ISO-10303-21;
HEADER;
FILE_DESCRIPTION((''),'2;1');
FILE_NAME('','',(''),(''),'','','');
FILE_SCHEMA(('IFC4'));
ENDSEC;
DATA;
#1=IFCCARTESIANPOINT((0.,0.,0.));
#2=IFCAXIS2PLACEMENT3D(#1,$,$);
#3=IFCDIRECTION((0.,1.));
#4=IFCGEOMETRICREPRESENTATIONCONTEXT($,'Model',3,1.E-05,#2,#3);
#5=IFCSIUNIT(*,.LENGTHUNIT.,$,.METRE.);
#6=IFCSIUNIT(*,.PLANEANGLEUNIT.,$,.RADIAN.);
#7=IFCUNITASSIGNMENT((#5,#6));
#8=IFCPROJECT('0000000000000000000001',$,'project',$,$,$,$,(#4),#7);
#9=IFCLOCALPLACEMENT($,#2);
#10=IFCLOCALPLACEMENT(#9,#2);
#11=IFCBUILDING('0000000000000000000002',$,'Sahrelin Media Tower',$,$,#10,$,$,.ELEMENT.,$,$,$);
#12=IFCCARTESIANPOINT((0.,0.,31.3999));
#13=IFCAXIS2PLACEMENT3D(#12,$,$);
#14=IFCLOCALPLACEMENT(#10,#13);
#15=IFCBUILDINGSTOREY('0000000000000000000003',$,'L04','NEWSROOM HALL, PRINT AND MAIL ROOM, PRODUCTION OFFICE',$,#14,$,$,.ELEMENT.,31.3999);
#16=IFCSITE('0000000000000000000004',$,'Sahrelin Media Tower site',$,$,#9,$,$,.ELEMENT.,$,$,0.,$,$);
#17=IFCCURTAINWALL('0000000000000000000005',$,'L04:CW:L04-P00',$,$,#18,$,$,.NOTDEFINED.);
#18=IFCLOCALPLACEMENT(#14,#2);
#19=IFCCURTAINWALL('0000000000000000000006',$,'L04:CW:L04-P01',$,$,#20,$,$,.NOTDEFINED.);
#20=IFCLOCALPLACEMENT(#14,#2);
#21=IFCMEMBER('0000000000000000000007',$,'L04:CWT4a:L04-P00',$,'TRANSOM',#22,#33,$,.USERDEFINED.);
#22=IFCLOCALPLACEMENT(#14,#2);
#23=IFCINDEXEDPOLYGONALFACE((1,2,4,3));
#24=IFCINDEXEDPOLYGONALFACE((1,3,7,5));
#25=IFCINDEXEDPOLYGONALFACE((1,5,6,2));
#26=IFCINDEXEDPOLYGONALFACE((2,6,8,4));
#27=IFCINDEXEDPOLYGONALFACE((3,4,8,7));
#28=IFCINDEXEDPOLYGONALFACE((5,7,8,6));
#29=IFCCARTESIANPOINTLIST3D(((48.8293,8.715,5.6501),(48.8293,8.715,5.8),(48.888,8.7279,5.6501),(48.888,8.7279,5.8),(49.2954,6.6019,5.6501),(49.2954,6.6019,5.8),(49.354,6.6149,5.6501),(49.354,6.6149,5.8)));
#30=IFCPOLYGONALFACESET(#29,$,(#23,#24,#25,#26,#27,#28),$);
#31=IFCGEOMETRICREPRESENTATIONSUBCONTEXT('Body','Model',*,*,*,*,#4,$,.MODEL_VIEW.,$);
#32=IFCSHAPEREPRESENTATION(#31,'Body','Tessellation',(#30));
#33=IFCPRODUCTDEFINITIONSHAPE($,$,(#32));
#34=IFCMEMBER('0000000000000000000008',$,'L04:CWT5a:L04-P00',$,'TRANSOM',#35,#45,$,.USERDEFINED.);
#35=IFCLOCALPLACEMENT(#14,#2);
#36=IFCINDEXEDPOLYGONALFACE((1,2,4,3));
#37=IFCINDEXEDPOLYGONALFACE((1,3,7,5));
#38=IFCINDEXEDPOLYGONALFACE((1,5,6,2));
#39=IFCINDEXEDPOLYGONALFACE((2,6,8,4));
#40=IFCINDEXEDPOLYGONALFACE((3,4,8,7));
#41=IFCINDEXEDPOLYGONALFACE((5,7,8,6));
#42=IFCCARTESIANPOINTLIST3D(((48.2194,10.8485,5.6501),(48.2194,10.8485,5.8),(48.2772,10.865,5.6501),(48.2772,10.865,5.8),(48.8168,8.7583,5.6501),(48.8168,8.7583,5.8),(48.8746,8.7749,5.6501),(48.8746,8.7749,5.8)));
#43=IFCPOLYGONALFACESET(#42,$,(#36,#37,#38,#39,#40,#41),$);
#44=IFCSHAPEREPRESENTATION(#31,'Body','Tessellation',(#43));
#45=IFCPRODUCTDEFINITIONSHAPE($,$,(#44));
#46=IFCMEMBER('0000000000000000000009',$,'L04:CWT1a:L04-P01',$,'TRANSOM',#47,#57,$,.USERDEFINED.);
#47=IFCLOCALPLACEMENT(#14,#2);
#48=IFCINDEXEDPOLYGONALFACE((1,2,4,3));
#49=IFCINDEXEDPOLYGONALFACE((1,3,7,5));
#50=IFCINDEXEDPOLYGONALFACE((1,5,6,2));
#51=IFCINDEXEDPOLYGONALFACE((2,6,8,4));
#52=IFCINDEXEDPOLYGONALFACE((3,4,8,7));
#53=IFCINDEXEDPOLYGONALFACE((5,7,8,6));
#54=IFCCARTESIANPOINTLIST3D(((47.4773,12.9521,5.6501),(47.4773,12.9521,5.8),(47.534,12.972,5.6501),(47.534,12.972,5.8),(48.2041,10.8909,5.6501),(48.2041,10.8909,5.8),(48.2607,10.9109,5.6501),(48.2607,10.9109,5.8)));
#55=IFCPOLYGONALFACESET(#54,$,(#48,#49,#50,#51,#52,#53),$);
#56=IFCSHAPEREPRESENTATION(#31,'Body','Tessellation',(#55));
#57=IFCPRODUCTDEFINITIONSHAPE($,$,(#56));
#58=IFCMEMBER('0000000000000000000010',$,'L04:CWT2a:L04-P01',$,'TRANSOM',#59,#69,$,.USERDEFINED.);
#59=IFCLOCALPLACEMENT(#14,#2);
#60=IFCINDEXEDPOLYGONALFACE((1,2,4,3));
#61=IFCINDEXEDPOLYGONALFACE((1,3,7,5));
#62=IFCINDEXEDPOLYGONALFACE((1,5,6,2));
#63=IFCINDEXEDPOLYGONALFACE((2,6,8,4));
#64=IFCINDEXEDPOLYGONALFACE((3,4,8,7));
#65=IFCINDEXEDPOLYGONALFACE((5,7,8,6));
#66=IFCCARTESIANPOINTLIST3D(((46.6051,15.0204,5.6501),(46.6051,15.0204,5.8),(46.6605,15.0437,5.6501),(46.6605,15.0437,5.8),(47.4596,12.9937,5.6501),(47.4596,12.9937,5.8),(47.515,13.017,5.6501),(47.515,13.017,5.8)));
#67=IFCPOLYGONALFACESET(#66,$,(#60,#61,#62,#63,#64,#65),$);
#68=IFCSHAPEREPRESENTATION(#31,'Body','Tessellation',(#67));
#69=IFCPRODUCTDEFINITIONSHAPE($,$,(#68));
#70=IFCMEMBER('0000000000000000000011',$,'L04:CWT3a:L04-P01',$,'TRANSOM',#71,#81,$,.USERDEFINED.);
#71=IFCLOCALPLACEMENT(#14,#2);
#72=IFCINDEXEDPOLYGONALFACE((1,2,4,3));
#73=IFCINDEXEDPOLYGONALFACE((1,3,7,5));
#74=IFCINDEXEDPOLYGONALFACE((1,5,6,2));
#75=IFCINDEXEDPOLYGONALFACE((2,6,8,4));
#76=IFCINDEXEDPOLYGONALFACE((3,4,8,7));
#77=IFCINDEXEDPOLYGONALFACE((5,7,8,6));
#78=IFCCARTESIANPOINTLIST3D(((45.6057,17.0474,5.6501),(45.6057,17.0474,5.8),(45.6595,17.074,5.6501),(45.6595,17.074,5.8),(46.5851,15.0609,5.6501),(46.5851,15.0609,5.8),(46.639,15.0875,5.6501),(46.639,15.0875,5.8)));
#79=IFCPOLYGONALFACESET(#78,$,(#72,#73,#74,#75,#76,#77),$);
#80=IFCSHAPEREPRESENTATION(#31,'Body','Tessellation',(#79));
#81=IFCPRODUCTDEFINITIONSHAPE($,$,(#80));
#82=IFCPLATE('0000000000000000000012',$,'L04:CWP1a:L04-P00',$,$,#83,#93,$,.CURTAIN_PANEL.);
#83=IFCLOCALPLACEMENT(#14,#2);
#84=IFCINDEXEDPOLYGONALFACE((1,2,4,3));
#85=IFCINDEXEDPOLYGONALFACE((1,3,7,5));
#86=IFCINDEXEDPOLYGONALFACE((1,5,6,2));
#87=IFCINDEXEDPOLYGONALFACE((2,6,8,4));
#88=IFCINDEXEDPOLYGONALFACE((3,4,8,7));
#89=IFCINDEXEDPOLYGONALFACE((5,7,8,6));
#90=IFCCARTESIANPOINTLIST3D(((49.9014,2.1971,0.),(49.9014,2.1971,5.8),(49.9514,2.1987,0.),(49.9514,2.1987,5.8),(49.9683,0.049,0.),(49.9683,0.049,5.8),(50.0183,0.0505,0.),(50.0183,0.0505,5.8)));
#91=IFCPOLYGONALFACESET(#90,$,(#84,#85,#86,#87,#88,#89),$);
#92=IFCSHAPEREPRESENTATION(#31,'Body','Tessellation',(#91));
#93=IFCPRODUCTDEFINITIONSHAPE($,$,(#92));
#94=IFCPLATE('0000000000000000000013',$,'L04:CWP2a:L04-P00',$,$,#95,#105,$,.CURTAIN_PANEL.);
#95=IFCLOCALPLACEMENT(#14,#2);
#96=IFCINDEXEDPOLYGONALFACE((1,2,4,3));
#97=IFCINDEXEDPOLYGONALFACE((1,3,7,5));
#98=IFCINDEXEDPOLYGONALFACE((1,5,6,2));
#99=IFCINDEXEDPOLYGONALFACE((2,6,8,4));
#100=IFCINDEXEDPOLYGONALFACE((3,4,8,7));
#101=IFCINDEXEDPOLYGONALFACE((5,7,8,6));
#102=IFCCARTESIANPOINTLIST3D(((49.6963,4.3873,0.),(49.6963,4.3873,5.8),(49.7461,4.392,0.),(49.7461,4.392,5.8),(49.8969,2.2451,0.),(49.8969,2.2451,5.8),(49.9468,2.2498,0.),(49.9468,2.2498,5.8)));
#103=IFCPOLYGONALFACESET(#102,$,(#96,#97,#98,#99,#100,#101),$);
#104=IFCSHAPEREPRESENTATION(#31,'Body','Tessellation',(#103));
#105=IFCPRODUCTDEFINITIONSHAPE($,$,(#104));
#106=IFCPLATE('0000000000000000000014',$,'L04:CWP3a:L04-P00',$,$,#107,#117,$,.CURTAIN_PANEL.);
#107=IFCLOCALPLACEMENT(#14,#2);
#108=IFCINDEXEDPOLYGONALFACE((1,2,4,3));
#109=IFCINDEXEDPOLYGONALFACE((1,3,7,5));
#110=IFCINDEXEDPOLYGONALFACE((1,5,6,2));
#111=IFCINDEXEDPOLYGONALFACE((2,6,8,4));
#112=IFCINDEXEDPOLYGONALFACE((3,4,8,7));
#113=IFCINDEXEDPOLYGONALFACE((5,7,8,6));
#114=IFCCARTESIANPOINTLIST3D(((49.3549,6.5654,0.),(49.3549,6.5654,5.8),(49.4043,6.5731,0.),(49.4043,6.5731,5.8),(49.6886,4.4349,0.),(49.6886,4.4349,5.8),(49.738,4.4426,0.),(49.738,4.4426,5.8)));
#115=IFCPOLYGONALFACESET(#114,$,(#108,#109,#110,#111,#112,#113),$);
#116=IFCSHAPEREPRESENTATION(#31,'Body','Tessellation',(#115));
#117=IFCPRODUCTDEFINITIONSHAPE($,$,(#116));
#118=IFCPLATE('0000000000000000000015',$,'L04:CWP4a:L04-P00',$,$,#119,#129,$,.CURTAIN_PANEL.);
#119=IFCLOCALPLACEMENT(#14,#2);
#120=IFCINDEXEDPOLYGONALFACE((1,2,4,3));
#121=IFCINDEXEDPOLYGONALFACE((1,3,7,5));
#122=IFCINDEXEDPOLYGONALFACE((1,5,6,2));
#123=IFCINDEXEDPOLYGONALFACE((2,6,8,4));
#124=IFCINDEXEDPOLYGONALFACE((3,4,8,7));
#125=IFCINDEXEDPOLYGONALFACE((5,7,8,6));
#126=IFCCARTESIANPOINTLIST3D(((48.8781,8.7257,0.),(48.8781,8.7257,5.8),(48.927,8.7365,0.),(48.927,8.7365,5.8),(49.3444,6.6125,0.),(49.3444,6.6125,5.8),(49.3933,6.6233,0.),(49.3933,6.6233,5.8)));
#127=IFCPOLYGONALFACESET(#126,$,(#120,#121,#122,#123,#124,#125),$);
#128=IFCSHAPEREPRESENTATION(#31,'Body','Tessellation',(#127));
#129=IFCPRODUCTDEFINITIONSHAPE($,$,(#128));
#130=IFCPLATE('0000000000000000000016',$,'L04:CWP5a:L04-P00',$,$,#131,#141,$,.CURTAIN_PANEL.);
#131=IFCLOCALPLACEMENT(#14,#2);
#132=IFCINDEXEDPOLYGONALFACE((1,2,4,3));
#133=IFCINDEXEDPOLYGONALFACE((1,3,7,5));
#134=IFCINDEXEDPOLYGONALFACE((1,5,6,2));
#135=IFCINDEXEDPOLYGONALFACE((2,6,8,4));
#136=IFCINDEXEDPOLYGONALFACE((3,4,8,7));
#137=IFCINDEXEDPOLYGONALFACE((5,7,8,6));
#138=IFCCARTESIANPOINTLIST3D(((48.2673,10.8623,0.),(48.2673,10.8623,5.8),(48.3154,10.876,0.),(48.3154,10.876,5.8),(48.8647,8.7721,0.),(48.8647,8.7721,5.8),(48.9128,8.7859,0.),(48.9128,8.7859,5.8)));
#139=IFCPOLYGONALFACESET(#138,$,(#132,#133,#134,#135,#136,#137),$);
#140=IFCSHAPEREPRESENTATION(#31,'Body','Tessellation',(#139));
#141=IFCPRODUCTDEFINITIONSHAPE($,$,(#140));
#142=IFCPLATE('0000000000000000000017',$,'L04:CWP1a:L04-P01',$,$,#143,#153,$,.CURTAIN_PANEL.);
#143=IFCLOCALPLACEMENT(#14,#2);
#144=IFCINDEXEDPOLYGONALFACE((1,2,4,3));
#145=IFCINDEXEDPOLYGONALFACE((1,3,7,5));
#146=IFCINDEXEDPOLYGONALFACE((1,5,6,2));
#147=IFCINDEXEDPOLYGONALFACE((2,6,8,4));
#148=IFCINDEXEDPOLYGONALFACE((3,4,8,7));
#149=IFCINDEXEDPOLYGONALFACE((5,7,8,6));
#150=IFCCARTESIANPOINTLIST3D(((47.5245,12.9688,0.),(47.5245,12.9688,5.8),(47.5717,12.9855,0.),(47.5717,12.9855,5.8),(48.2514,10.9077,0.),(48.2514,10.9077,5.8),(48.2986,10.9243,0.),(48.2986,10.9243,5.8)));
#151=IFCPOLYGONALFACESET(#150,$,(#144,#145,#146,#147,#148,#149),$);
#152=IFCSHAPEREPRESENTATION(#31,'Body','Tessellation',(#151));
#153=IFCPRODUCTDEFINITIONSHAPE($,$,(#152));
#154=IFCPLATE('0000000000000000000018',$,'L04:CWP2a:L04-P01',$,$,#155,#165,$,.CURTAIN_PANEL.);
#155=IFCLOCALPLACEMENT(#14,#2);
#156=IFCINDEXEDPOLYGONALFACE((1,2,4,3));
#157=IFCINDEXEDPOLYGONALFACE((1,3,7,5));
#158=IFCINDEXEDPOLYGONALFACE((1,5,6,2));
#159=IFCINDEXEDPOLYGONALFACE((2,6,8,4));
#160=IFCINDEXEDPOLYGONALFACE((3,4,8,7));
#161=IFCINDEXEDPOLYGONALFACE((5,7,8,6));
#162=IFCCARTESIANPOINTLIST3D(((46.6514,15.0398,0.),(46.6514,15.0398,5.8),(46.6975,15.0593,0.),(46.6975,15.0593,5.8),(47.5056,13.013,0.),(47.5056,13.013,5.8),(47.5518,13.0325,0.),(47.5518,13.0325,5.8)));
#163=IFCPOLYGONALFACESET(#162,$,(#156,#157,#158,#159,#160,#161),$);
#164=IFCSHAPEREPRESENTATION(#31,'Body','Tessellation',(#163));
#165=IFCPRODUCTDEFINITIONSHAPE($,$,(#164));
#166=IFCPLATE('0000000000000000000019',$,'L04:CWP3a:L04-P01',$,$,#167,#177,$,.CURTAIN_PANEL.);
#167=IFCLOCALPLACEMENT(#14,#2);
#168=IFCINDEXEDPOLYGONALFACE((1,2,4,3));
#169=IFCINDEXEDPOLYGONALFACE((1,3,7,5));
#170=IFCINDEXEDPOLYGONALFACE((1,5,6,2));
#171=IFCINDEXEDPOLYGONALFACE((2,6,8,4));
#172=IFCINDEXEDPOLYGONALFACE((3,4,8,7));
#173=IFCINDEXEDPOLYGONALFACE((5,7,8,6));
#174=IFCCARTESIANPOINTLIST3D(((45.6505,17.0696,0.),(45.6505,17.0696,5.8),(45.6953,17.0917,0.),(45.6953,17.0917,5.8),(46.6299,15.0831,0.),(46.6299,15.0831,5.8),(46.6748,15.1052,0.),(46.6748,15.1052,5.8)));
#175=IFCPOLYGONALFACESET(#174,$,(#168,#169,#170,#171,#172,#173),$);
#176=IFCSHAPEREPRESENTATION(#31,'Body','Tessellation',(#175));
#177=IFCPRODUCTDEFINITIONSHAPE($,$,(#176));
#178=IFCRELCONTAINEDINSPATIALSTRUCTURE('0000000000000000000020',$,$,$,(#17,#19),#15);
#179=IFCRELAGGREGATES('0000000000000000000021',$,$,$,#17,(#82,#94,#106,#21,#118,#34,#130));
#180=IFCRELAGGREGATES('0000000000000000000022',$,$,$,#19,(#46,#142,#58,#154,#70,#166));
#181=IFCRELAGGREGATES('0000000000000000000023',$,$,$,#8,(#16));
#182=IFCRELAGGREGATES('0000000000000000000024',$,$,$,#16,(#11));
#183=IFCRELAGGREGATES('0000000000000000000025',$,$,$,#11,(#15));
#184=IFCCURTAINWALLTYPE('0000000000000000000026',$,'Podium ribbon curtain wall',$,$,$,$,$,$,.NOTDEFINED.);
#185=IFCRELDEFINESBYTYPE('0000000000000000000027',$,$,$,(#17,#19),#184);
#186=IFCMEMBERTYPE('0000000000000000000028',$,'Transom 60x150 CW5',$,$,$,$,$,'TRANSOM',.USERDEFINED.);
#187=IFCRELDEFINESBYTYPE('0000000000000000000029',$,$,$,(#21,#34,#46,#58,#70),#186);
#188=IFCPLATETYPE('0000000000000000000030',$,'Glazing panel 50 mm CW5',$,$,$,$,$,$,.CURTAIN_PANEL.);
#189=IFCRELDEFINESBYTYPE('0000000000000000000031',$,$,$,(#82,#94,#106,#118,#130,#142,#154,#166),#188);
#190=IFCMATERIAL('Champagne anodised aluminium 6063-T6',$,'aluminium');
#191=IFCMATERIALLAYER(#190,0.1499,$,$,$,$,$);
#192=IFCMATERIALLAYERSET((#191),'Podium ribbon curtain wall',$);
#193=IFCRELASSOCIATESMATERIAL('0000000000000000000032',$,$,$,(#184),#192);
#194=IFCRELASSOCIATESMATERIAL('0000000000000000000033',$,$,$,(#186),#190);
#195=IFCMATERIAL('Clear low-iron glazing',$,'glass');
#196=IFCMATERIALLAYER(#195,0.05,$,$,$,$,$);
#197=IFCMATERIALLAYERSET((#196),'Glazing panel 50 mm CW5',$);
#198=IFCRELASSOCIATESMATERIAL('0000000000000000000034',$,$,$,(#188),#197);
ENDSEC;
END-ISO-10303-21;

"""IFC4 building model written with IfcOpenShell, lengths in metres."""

from ifc_helpers import new_model, si_unit, direction, frame, origin, origin_2d, place, context, subcontext, project, spatial, polyline, rectangle, outline, extrude, material, layer, layer_set, material_profile, profile_set, type_object, element, aggregate, save


model = new_model("IFC4")

# Units and contexts
model_context = context("Model", 3, precision=1e-05, world=origin(), true_north=direction((0.0, 1.0)))
body_context = subcontext(model_context, "Body", "Model", "MODEL_VIEW")
ifc_project = project(units=[si_unit("LENGTHUNIT", "METRE"), si_unit("PLANEANGLEUNIT", "RADIAN")], contexts=[model_context])

# Site, building, storey
site_placement = place(None, origin())
site = spatial("IfcSite", under=ifc_project, at=site_placement, Name="Sahrelin Media Tower site", CompositionType="ELEMENT", RefElevation=0.0)
building_placement = place(site_placement, origin())
building = spatial("IfcBuilding", under=site, at=building_placement, Name="Sahrelin Media Tower", CompositionType="ELEMENT")
storey_placement = place(building_placement, frame((0.0, 0.0, 31.3999)))
storey = spatial("IfcBuildingStorey", under=building, at=storey_placement, Name="L04", Description="NEWSROOM HALL, PRINT AND MAIL ROOM, PRODUCTION OFFICE", CompositionType="ELEMENT", Elevation=31.3999)

# Curtain walls
ifc_material_1 = material(Name="Champagne anodised aluminium 6063-T6", Category="aluminium")
ifc_layer_1 = layer(ifc_material_1, 0.1499)
ifc_layer_set_1 = layer_set([ifc_layer_1], Name="Podium ribbon curtain wall")
curtain_wall_type = type_object("IfcCurtainWallType", Name="Podium ribbon curtain wall", PredefinedType="NOTDEFINED", material=ifc_layer_set_1)
curtain_wall_1_placement = place(storey_placement, frame((50.0, 0.0, 0.0), z_axis=(0.0, 0.0, 1.0), x_axis=(1.0, 0.0, 0.0)))
curtain_wall_1 = element("IfcCurtainWall", 1, at=curtain_wall_1_placement, inside=storey, type_object=curtain_wall_type, Name="L04:CW:L04-P00", PredefinedType="NOTDEFINED")
curtain_wall_2_placement = place(storey_placement, frame((48.2964, 10.8704, 0.0), z_axis=(0.0, 0.0, 1.0), x_axis=(1.0, 0.0, 0.0)))
curtain_wall_2 = element("IfcCurtainWall", 2, at=curtain_wall_2_placement, inside=storey, type_object=curtain_wall_type, Name="L04:CW:L04-P01", PredefinedType="NOTDEFINED")

# Members
ifc_material_profile_1 = material_profile(ifc_material_1, rectangle(XDim=0.0601, YDim=0.1499, at=origin_2d()), Name="Transom 60x150")
ifc_profile_set_1 = profile_set([ifc_material_profile_1], Name="Champagne anodised aluminium 6063-T6")
member_type_1 = type_object("IfcMemberType", Name="Transom 60x150 CW5", ElementType="TRANSOM", PredefinedType="USERDEFINED", material=ifc_profile_set_1)
member_1_placement = place(storey_placement, frame((49.3247, 6.6084, 5.7251), z_axis=(-0.215389, 0.976528, 0.0), x_axis=(-0.976528, -0.215389, 0.0)))
member_1 = element("IfcMember", 3, at=member_1_placement, type_object=member_type_1, Name="L04:CWT4a:L04-P00", ObjectType="TRANSOM", PredefinedType="USERDEFINED", context=body_context, shape_type="SweptSolid", body=[
    extrude(rectangle(XDim=0.0601, YDim=0.1499, at=origin_2d()), origin(), (0.0, 0.0, 1.0), 2.1638),
])
member_2_placement = place(storey_placement, frame((48.8457, 8.7666, 5.7251), z_axis=(-0.274825, 0.961494, 0.0), x_axis=(-0.961494, -0.274825, 0.0)))
member_2 = element("IfcMember", 4, at=member_2_placement, type_object=member_type_1, Name="L04:CWT5a:L04-P00", ObjectType="TRANSOM", PredefinedType="USERDEFINED", context=body_context, shape_type="SweptSolid", body=[
    extrude(rectangle(XDim=0.0601, YDim=0.1499, at=origin_2d()), origin(), (0.0, 0.0, 1.0), 2.1738),
])
member_3_placement = place(storey_placement, frame((48.2324, 10.9009, 5.7251), z_axis=(-0.332534, 0.943091, 0.0), x_axis=(-0.943091, -0.332534, 0.0)))
member_3 = element("IfcMember", 5, at=member_3_placement, type_object=member_type_1, Name="L04:CWT1a:L04-P01", ObjectType="TRANSOM", PredefinedType="USERDEFINED", context=body_context, shape_type="SweptSolid", body=[
    extrude(rectangle(XDim=0.0601, YDim=0.1499, at=origin_2d()), origin(), (0.0, 0.0, 1.0), 2.1855),
])
member_4_placement = place(storey_placement, frame((47.4873, 13.0054, 5.7251), z_axis=(-0.388514, 0.921443, 0.0), x_axis=(-0.921443, -0.388514, 0.0)))
member_4 = element("IfcMember", 6, at=member_4_placement, type_object=member_type_1, Name="L04:CWT2a:L04-P01", ObjectType="TRANSOM", PredefinedType="USERDEFINED", context=body_context, shape_type="SweptSolid", body=[
    extrude(rectangle(XDim=0.0601, YDim=0.1499, at=origin_2d()), origin(), (0.0, 0.0, 1.0), 2.1995),
])
member_5_placement = place(storey_placement, frame((46.6121, 15.0742, 5.7251), z_axis=(-0.442224, 0.896904, 0.0), x_axis=(-0.896904, -0.442224, 0.0)))
member_5 = element("IfcMember", 7, at=member_5_placement, type_object=member_type_1, Name="L04:CWT3a:L04-P01", ObjectType="TRANSOM", PredefinedType="USERDEFINED", context=body_context, shape_type="SweptSolid", body=[
    extrude(rectangle(XDim=0.0601, YDim=0.1499, at=origin_2d()), origin(), (0.0, 0.0, 1.0), 2.2148),
])

# Plates
ifc_material_2 = material(Name="Clear low-iron glazing", Category="glass")
ifc_layer_2 = layer(ifc_material_2, 0.05)
ifc_layer_set_2 = layer_set([ifc_layer_2], Name="Glazing panel 50 mm CW5")
plate_type = type_object("IfcPlateType", Name="Glazing panel 50 mm CW5", PredefinedType="CURTAIN_PANEL", material=ifc_layer_set_2)
plate_1_placement = place(storey_placement, frame((50.0183, 0.0505, 0.0), z_axis=(0.999516, 0.031125, 0.0), x_axis=(-0.031125, 0.999516, 0.0)))
plate_1 = element("IfcPlate", 8, at=plate_1_placement, type_object=plate_type, Name="L04:CWP1a:L04-P00", PredefinedType="CURTAIN_PANEL", context=body_context, shape_type="SweptSolid", body=[
    extrude(outline(polyline([(0.0, 0.0), (2.1492, 0.0), (2.1492, 5.8), (0.0, 5.8), (0.0, 0.0)])), origin(), (0.0, 0.0, -1.0), 0.05),
])
plate_2_placement = place(storey_placement, frame((49.9468, 2.2498, 0.0), z_axis=(0.995641, 0.093267, 0.0), x_axis=(-0.093267, 0.995641, 0.0)))
plate_2 = element("IfcPlate", 9, at=plate_2_placement, type_object=plate_type, Name="L04:CWP2a:L04-P00", PredefinedType="CURTAIN_PANEL", context=body_context, shape_type="SweptSolid", body=[
    extrude(outline(polyline([(0.0, 0.0), (2.1516, 0.0), (2.1516, 5.8), (0.0, 5.8), (0.0, 0.0)])), origin(), (0.0, 0.0, -1.0), 0.05),
])
plate_3_placement = place(storey_placement, frame((49.738, 4.4426, 0.0), z_axis=(0.987953, 0.154753, 0.0), x_axis=(-0.154753, 0.987953, 0.0)))
plate_3 = element("IfcPlate", 10, at=plate_3_placement, type_object=plate_type, Name="L04:CWP3a:L04-P00", PredefinedType="CURTAIN_PANEL", context=body_context, shape_type="SweptSolid", body=[
    extrude(outline(polyline([(0.0, 0.0), (2.1565, 0.0), (2.1565, 5.8), (0.0, 5.8), (0.0, 0.0)])), origin(), (0.0, 0.0, -1.0), 0.05),
])
plate_4_placement = place(storey_placement, frame((49.3933, 6.6233, 0.0), z_axis=(0.97651, 0.215473, 0.0), x_axis=(-0.215473, 0.97651, 0.0)))
plate_4 = element("IfcPlate", 11, at=plate_4_placement, type_object=plate_type, Name="L04:CWP4a:L04-P00", PredefinedType="CURTAIN_PANEL", context=body_context, shape_type="SweptSolid", body=[
    extrude(outline(polyline([(0.0, 0.0), (2.1641, 0.0), (2.1641, 5.8), (0.0, 5.8), (0.0, 0.0)])), origin(), (0.0, 0.0, -1.0), 0.05),
])
plate_5_placement = place(storey_placement, frame((48.9128, 8.7859, 0.0), z_axis=(0.961494, 0.274825, 0.0), x_axis=(-0.274825, 0.961494, 0.0)))
plate_5 = element("IfcPlate", 12, at=plate_5_placement, type_object=plate_type, Name="L04:CWP5a:L04-P00", PredefinedType="CURTAIN_PANEL", context=body_context, shape_type="SweptSolid", body=[
    extrude(outline(polyline([(0.0, 0.0), (2.1738, 0.0), (2.1738, 5.8), (0.0, 5.8), (0.0, 0.0)])), origin(), (0.0, 0.0, -1.0), 0.05),
])
aggregate(curtain_wall_1, [plate_1, plate_2, plate_3, member_1, plate_4, member_2, plate_5])
plate_6_placement = place(storey_placement, frame((48.2986, 10.9243, 0.0), z_axis=(0.943079, 0.332569, 0.0), x_axis=(-0.332569, 0.943079, 0.0)))
plate_6 = element("IfcPlate", 13, at=plate_6_placement, type_object=plate_type, Name="L04:CWP1a:L04-P01", PredefinedType="CURTAIN_PANEL", context=body_context, shape_type="SweptSolid", body=[
    extrude(outline(polyline([(0.0, 0.0), (2.1855, 0.0), (2.1855, 5.8), (0.0, 5.8), (0.0, 0.0)])), origin(), (0.0, 0.0, -1.0), 0.05),
])
plate_7_placement = place(storey_placement, frame((47.5518, 13.0325, 0.0), z_axis=(0.9215, 0.38838, 0.0), x_axis=(-0.38838, 0.9215, 0.0)))
plate_7 = element("IfcPlate", 14, at=plate_7_placement, type_object=plate_type, Name="L04:CWP2a:L04-P01", PredefinedType="CURTAIN_PANEL", context=body_context, shape_type="SweptSolid", body=[
    extrude(outline(polyline([(0.0, 0.0), (2.1995, 0.0), (2.1995, 5.8), (0.0, 5.8), (0.0, 0.0)])), origin(), (0.0, 0.0, -1.0), 0.05),
])
plate_8_placement = place(storey_placement, frame((46.6748, 15.1052, 0.0), z_axis=(0.896904, 0.442224, 0.0), x_axis=(-0.442224, 0.896904, 0.0)))
plate_8 = element("IfcPlate", 15, at=plate_8_placement, type_object=plate_type, Name="L04:CWP3a:L04-P01", PredefinedType="CURTAIN_PANEL", context=body_context, shape_type="SweptSolid", body=[
    extrude(outline(polyline([(0.0, 0.0), (2.2148, 0.0), (2.2148, 5.8), (0.0, 5.8), (0.0, 0.0)])), origin(), (0.0, 0.0, -1.0), 0.05),
])
aggregate(curtain_wall_2, [member_3, plate_6, member_4, plate_7, member_5, plate_8])

save(model, "model.ifc")
